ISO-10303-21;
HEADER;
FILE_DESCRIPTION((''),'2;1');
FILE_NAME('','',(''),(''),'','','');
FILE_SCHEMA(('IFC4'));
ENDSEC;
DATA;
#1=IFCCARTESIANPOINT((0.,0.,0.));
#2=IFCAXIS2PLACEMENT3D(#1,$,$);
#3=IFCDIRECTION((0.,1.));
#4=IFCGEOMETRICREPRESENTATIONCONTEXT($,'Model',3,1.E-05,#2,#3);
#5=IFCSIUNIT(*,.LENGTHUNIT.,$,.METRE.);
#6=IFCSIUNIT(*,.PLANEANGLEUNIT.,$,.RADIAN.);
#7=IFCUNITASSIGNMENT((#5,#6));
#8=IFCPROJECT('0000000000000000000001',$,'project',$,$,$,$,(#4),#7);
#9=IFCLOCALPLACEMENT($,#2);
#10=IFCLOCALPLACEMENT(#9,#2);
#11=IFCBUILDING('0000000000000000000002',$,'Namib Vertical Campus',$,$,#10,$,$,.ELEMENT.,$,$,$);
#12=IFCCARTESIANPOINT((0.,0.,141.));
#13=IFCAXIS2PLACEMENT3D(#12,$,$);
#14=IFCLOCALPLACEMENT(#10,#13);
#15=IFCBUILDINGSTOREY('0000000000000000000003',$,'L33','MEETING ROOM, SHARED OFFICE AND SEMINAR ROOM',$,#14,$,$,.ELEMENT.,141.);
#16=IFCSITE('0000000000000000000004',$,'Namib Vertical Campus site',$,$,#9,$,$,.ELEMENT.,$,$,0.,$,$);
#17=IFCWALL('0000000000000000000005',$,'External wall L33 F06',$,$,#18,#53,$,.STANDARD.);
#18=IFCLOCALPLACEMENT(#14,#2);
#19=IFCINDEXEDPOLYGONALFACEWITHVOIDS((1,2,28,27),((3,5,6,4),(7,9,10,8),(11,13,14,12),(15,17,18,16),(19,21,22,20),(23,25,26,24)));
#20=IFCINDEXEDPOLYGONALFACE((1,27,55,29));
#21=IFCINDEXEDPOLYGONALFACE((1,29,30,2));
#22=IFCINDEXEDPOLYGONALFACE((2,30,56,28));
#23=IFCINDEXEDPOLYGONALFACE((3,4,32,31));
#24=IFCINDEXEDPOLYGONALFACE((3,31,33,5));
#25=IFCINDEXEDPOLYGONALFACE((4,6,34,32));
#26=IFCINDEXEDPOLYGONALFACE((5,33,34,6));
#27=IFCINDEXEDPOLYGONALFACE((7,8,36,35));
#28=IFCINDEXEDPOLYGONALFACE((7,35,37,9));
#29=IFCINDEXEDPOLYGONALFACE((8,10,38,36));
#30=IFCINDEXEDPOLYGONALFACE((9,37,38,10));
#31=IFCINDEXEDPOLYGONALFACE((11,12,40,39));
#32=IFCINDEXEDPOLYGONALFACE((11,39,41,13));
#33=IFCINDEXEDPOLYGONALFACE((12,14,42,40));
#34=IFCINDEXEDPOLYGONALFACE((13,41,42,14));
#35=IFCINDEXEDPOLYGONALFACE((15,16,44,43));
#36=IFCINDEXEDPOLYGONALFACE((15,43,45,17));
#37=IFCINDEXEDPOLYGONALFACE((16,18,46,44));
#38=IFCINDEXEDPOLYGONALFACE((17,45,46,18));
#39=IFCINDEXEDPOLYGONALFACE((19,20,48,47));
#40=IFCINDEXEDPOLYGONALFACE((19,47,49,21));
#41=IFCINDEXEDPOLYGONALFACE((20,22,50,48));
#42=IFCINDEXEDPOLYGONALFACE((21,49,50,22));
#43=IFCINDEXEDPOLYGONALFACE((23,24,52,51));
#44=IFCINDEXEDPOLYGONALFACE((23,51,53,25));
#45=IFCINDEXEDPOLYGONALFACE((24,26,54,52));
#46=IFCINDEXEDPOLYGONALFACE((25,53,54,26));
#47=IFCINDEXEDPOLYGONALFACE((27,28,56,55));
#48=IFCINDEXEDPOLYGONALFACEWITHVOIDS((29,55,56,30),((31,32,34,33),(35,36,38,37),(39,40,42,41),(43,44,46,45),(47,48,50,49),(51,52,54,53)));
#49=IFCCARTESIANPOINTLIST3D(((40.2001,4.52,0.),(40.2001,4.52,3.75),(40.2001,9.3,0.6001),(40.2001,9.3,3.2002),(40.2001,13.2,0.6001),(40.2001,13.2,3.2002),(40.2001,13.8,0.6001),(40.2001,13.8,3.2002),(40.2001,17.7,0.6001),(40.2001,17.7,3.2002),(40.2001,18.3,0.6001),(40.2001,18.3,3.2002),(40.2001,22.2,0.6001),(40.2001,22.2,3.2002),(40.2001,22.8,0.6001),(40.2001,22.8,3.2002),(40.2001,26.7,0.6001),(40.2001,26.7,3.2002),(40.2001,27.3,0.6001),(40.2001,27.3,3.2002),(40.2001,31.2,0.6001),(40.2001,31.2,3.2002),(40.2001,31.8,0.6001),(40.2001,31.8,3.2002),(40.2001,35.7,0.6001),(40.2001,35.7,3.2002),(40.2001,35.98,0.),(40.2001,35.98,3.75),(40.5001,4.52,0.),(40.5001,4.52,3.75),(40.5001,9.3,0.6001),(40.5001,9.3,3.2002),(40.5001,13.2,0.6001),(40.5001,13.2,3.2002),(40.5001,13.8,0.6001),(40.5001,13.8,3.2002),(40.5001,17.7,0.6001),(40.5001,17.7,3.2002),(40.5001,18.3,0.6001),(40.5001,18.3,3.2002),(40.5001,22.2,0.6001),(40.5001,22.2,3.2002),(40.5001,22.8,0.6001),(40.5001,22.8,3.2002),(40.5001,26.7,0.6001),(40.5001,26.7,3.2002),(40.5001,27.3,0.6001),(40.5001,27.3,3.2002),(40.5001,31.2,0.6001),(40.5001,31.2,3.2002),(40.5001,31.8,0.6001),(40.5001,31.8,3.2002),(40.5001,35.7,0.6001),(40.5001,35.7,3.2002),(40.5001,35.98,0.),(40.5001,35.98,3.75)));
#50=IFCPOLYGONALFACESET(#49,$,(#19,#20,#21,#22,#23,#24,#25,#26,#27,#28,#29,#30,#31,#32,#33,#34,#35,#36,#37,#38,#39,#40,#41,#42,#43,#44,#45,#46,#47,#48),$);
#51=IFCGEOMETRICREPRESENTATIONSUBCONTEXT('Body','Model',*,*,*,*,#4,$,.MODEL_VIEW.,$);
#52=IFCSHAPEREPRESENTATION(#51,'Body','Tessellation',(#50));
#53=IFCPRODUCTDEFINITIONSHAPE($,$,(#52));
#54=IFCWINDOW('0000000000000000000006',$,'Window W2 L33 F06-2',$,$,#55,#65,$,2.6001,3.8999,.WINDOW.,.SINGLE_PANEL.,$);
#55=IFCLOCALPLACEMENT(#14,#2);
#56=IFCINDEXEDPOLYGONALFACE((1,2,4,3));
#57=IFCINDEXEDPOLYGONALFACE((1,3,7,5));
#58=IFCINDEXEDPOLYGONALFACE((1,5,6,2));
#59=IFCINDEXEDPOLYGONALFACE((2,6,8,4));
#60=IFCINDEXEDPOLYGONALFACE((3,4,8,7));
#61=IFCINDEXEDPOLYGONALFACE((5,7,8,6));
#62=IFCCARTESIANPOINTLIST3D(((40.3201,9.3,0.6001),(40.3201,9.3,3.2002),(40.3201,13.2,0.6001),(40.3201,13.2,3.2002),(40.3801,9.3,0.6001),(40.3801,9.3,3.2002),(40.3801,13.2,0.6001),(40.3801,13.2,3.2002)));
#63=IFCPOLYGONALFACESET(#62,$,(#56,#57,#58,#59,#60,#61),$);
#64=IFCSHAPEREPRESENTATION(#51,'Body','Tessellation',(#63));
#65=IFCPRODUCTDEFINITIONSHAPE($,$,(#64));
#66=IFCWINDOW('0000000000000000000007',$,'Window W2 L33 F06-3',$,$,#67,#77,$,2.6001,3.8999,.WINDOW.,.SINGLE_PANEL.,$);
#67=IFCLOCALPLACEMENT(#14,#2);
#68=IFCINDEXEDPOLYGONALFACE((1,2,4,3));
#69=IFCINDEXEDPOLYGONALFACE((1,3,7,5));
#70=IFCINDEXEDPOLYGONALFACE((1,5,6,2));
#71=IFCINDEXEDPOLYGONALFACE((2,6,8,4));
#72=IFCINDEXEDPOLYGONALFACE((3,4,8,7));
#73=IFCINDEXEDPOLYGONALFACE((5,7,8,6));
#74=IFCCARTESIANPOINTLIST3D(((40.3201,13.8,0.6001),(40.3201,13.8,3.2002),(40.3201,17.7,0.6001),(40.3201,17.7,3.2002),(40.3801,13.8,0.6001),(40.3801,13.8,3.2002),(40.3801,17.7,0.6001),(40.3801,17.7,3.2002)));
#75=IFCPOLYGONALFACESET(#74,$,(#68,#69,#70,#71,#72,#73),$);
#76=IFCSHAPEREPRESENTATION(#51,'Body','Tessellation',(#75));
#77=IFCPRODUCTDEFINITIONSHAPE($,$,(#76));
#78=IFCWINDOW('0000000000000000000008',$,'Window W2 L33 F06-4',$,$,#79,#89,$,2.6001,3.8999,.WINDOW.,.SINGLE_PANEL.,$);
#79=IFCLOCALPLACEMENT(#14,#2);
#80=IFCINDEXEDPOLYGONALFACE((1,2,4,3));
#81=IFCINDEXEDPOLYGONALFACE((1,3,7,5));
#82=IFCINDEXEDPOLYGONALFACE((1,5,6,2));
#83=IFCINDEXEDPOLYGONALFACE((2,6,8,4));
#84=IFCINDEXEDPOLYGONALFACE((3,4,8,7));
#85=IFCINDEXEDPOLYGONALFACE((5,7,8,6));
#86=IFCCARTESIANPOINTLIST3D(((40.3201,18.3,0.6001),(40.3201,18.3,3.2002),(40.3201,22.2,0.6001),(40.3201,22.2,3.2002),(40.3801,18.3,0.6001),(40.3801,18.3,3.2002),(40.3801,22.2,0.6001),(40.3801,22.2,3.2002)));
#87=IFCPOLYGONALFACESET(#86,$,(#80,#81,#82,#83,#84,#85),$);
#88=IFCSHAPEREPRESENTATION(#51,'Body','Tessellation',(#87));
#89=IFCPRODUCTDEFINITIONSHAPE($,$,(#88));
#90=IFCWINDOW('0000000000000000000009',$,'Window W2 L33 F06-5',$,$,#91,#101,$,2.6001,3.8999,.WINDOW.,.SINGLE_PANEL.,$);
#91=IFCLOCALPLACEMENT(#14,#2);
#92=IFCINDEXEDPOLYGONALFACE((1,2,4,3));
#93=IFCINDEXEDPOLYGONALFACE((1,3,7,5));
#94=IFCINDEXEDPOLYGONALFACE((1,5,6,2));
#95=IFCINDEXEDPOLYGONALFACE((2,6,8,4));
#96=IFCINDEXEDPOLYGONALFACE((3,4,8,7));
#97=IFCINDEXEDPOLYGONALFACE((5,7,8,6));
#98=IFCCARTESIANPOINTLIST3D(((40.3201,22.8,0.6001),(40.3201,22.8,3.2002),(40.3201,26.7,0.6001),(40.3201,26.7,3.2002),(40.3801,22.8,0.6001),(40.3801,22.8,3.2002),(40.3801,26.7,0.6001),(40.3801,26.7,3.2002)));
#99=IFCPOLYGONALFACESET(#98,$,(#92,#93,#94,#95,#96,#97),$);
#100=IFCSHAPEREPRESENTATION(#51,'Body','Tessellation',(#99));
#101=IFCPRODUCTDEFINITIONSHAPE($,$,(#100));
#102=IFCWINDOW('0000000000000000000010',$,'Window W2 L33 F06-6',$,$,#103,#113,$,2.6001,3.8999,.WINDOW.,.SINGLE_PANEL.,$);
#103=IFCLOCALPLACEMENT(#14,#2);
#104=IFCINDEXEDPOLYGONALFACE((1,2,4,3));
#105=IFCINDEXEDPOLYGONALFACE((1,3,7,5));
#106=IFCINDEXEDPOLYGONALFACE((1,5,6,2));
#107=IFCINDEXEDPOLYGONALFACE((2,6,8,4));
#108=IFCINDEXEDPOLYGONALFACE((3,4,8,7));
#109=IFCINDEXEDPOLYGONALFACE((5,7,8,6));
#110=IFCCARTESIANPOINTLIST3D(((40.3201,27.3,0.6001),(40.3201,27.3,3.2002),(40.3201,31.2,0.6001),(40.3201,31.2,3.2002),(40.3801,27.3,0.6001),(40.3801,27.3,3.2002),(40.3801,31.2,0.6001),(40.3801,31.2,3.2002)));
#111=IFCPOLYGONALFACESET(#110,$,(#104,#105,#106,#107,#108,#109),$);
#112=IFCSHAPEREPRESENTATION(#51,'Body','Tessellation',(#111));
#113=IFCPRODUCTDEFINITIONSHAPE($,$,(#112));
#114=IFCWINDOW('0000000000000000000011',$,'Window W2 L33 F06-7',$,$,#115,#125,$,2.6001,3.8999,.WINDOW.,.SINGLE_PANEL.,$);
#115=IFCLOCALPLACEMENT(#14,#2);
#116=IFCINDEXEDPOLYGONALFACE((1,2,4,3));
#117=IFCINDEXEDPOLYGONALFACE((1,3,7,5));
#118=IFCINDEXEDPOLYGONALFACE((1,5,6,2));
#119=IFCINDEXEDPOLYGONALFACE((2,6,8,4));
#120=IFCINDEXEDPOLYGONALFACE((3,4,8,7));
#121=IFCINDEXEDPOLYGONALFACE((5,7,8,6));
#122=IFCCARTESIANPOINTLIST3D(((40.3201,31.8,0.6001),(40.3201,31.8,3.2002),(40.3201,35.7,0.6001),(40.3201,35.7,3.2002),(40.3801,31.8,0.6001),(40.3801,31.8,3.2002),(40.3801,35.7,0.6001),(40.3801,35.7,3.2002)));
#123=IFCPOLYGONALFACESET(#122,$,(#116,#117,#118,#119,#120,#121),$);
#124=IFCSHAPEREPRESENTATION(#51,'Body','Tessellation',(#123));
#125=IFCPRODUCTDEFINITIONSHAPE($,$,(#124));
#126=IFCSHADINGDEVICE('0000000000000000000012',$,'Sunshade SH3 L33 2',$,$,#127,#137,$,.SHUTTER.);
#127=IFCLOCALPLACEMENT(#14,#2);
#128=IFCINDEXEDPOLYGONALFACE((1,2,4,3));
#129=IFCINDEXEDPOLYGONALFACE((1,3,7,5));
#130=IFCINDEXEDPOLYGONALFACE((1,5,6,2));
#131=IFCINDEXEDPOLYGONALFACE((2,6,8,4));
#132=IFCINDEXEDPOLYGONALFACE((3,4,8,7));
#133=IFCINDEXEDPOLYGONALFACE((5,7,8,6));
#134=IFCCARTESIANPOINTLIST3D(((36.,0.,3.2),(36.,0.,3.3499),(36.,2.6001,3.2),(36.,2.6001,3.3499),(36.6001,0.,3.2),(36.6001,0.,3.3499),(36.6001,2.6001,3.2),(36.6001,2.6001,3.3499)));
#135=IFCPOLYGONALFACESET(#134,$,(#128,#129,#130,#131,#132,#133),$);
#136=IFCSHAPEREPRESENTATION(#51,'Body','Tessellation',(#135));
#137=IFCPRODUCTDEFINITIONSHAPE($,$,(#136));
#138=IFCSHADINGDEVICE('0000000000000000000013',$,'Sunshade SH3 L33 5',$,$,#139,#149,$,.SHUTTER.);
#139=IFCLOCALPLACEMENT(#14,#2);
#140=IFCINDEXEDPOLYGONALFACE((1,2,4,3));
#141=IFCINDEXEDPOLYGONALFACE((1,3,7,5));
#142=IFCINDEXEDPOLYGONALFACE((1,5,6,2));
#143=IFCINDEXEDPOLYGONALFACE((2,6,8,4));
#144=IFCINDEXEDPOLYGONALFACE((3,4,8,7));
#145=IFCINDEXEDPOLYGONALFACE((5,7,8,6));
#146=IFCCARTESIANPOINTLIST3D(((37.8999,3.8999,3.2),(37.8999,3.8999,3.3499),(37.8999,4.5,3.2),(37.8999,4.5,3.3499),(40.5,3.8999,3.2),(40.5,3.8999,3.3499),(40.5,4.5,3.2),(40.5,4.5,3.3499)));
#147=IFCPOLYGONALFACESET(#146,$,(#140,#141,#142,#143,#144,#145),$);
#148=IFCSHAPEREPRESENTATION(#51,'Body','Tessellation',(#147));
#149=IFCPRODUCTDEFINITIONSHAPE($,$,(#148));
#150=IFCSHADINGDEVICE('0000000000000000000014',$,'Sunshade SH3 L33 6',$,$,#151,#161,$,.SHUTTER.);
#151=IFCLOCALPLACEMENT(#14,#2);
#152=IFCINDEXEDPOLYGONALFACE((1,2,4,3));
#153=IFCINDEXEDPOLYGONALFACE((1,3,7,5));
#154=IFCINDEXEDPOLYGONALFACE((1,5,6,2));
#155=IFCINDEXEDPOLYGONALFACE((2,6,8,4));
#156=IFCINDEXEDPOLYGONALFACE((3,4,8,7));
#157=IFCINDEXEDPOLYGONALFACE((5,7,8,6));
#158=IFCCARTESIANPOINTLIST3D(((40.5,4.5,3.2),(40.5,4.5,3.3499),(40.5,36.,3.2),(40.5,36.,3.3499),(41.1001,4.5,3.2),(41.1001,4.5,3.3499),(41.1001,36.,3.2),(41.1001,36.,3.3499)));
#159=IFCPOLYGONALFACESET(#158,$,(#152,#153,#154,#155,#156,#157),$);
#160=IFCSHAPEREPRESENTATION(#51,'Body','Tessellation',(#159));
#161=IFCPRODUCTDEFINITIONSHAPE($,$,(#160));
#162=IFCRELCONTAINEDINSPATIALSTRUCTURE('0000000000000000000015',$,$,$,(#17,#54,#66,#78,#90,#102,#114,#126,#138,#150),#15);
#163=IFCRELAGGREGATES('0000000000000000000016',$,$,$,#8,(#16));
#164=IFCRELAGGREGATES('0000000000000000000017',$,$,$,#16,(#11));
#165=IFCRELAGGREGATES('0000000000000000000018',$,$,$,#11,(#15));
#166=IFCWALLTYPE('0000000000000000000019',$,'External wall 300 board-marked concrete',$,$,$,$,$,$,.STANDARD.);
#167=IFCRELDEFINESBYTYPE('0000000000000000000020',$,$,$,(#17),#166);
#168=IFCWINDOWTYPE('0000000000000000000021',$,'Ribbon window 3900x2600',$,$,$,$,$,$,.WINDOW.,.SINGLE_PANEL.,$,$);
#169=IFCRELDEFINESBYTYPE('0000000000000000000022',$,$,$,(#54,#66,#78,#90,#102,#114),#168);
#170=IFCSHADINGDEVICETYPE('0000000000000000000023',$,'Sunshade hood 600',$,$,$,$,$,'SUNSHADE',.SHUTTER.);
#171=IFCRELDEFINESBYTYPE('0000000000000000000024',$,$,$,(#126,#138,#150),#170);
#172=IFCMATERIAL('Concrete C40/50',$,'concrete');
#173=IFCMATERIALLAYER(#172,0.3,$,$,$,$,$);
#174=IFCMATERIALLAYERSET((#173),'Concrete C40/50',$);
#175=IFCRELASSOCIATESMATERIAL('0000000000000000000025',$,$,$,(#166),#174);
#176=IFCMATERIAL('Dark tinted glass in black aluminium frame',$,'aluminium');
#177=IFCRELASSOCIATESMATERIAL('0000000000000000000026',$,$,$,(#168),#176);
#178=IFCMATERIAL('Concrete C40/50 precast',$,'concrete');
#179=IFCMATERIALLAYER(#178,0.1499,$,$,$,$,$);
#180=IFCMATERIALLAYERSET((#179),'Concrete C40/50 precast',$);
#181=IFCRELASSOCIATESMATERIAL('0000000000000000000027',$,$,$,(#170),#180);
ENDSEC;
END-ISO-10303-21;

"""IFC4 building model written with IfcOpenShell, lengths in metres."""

from ifc_helpers import new_model, si_unit, direction, frame, frame_2d, origin, origin_2d, place, context, subcontext, project, spatial, rectangle, extrude, material, layer, layer_set, type_object, element, fill, save


model = new_model("IFC4")

# Units and contexts
model_context = context("Model", 3, precision=1e-05, world=origin(), true_north=direction((0.0, 1.0)))
body_context = subcontext(model_context, "Body", "Model", "MODEL_VIEW")
ifc_project = project(units=[si_unit("LENGTHUNIT", "METRE"), si_unit("PLANEANGLEUNIT", "RADIAN")], contexts=[model_context])

# Site, building, storey
site_placement = place(None, origin())
site = spatial("IfcSite", under=ifc_project, at=site_placement, Name="Namib Vertical Campus site", CompositionType="ELEMENT", RefElevation=0.0)
building_placement = place(site_placement, origin())
building = spatial("IfcBuilding", under=site, at=building_placement, Name="Namib Vertical Campus", CompositionType="ELEMENT")
storey_placement = place(building_placement, frame((0.0, 0.0, 141.0)))
storey = spatial("IfcBuildingStorey", under=building, at=storey_placement, Name="L33", Description="MEETING ROOM, SHARED OFFICE AND SEMINAR ROOM", CompositionType="ELEMENT", Elevation=141.0)

# Shared definitions
ifc_material_1 = material(Name="Concrete C40/50", Category="concrete")
ifc_layer_1 = layer(ifc_material_1, 0.3)
ifc_layer_set_1 = layer_set([ifc_layer_1], Name="Concrete C40/50")
wall_type_1 = type_object("IfcWallType", Name="External wall 300 board-marked concrete", PredefinedType="STANDARD", material=ifc_layer_set_1)

# Wall, openings, windows
wall_1_placement = place(storey_placement, frame((40.3501, 4.52, 0.0), z_axis=(0.0, 0.0, 1.0), x_axis=(0.0, 1.0, 0.0)))
wall_1 = element("IfcWall", 1, at=wall_1_placement, inside=storey, type_object=wall_type_1, Name="External wall L33 F06", PredefinedType="STANDARD", context=body_context, shape_type="SweptSolid", body=[
    extrude(rectangle(XDim=31.46, YDim=0.3, at=frame_2d((15.73, 0.0))), origin(), (0.0, 0.0, 1.0), 3.75),
])
opening_1_placement = place(wall_1_placement, frame((4.78, 0.0, 0.6001)))
opening_1 = element("IfcOpeningElement", 2, at=opening_1_placement, cuts=wall_1, PredefinedType="OPENING", context=body_context, shape_type="SweptSolid", body=[
    extrude(rectangle(XDim=3.8999, YDim=2.6001, at=frame_2d((1.95, 1.3))), frame((0.0, 0.1599, 0.0), z_axis=(0.0, -1.0, 0.0), x_axis=(1.0, 0.0, 0.0)), (0.0, 0.0, 1.0), 0.3201),
])
opening_2_placement = place(wall_1_placement, frame((9.28, 0.0, 0.6001)))
opening_2 = element("IfcOpeningElement", 3, at=opening_2_placement, cuts=wall_1, PredefinedType="OPENING", context=body_context, shape_type="SweptSolid", body=[
    extrude(rectangle(XDim=3.8999, YDim=2.6001, at=frame_2d((1.95, 1.3))), frame((0.0, 0.1599, 0.0), z_axis=(0.0, -1.0, 0.0), x_axis=(1.0, 0.0, 0.0)), (0.0, 0.0, 1.0), 0.3201),
])
opening_3_placement = place(wall_1_placement, frame((13.78, 0.0, 0.6001)))
opening_3 = element("IfcOpeningElement", 4, at=opening_3_placement, cuts=wall_1, PredefinedType="OPENING", context=body_context, shape_type="SweptSolid", body=[
    extrude(rectangle(XDim=3.8999, YDim=2.6001, at=frame_2d((1.95, 1.3))), frame((0.0, 0.1599, 0.0), z_axis=(0.0, -1.0, 0.0), x_axis=(1.0, 0.0, 0.0)), (0.0, 0.0, 1.0), 0.3201),
])
opening_4_placement = place(wall_1_placement, frame((18.28, 0.0, 0.6001)))
opening_4 = element("IfcOpeningElement", 5, at=opening_4_placement, cuts=wall_1, PredefinedType="OPENING", context=body_context, shape_type="SweptSolid", body=[
    extrude(rectangle(XDim=3.8999, YDim=2.6001, at=frame_2d((1.95, 1.3))), frame((0.0, 0.1599, 0.0), z_axis=(0.0, -1.0, 0.0), x_axis=(1.0, 0.0, 0.0)), (0.0, 0.0, 1.0), 0.3201),
])
opening_5_placement = place(wall_1_placement, frame((22.78, 0.0, 0.6001)))
opening_5 = element("IfcOpeningElement", 6, at=opening_5_placement, cuts=wall_1, PredefinedType="OPENING", context=body_context, shape_type="SweptSolid", body=[
    extrude(rectangle(XDim=3.8999, YDim=2.6001, at=frame_2d((1.95, 1.3))), frame((0.0, 0.1599, 0.0), z_axis=(0.0, -1.0, 0.0), x_axis=(1.0, 0.0, 0.0)), (0.0, 0.0, 1.0), 0.3201),
])
opening_6_placement = place(wall_1_placement, frame((27.28, 0.0, 0.6001)))
opening_6 = element("IfcOpeningElement", 7, at=opening_6_placement, cuts=wall_1, PredefinedType="OPENING", context=body_context, shape_type="SweptSolid", body=[
    extrude(rectangle(XDim=3.8999, YDim=2.6001, at=frame_2d((1.95, 1.3))), frame((0.0, 0.1599, 0.0), z_axis=(0.0, -1.0, 0.0), x_axis=(1.0, 0.0, 0.0)), (0.0, 0.0, 1.0), 0.3201),
])
ifc_material_2 = material(Name="Dark tinted glass in black aluminium frame", Category="aluminium")
window_type = type_object("IfcWindowType", Name="Ribbon window 3900x2600", PartitioningType="SINGLE_PANEL", PredefinedType="WINDOW", material=ifc_material_2)
window_1_placement = place(opening_1_placement, origin())
window_1 = element("IfcWindow", 8, at=window_1_placement, inside=storey, type_object=window_type, Name="Window W2 L33 F06-2", OverallHeight=2.6001, OverallWidth=3.8999, PartitioningType="SINGLE_PANEL", PredefinedType="WINDOW", context=body_context, shape_type="SweptSolid", body=[
    extrude(rectangle(XDim=3.8999, YDim=2.6001, at=frame_2d((1.95, 1.3))), frame((0.0, 0.03, 0.0), z_axis=(0.0, -1.0, 0.0), x_axis=(1.0, 0.0, 0.0)), (0.0, 0.0, 1.0), 0.0601),
])
fill(opening_1, window_1)
window_2_placement = place(opening_2_placement, origin())
window_2 = element("IfcWindow", 9, at=window_2_placement, inside=storey, type_object=window_type, Name="Window W2 L33 F06-3", OverallHeight=2.6001, OverallWidth=3.8999, PartitioningType="SINGLE_PANEL", PredefinedType="WINDOW", context=body_context, shape_type="SweptSolid", body=[
    extrude(rectangle(XDim=3.8999, YDim=2.6001, at=frame_2d((1.95, 1.3))), frame((0.0, 0.03, 0.0), z_axis=(0.0, -1.0, 0.0), x_axis=(1.0, 0.0, 0.0)), (0.0, 0.0, 1.0), 0.0601),
])
fill(opening_2, window_2)
window_3_placement = place(opening_3_placement, origin())
window_3 = element("IfcWindow", 10, at=window_3_placement, inside=storey, type_object=window_type, Name="Window W2 L33 F06-4", OverallHeight=2.6001, OverallWidth=3.8999, PartitioningType="SINGLE_PANEL", PredefinedType="WINDOW", context=body_context, shape_type="SweptSolid", body=[
    extrude(rectangle(XDim=3.8999, YDim=2.6001, at=frame_2d((1.95, 1.3))), frame((0.0, 0.03, 0.0), z_axis=(0.0, -1.0, 0.0), x_axis=(1.0, 0.0, 0.0)), (0.0, 0.0, 1.0), 0.0601),
])
fill(opening_3, window_3)
window_4_placement = place(opening_4_placement, origin())
window_4 = element("IfcWindow", 11, at=window_4_placement, inside=storey, type_object=window_type, Name="Window W2 L33 F06-5", OverallHeight=2.6001, OverallWidth=3.8999, PartitioningType="SINGLE_PANEL", PredefinedType="WINDOW", context=body_context, shape_type="SweptSolid", body=[
    extrude(rectangle(XDim=3.8999, YDim=2.6001, at=frame_2d((1.95, 1.3))), frame((0.0, 0.03, 0.0), z_axis=(0.0, -1.0, 0.0), x_axis=(1.0, 0.0, 0.0)), (0.0, 0.0, 1.0), 0.0601),
])
fill(opening_4, window_4)
window_5_placement = place(opening_5_placement, origin())
window_5 = element("IfcWindow", 12, at=window_5_placement, inside=storey, type_object=window_type, Name="Window W2 L33 F06-6", OverallHeight=2.6001, OverallWidth=3.8999, PartitioningType="SINGLE_PANEL", PredefinedType="WINDOW", context=body_context, shape_type="SweptSolid", body=[
    extrude(rectangle(XDim=3.8999, YDim=2.6001, at=frame_2d((1.95, 1.3))), frame((0.0, 0.03, 0.0), z_axis=(0.0, -1.0, 0.0), x_axis=(1.0, 0.0, 0.0)), (0.0, 0.0, 1.0), 0.0601),
])
fill(opening_5, window_5)
window_6_placement = place(opening_6_placement, origin())
window_6 = element("IfcWindow", 13, at=window_6_placement, inside=storey, type_object=window_type, Name="Window W2 L33 F06-7", OverallHeight=2.6001, OverallWidth=3.8999, PartitioningType="SINGLE_PANEL", PredefinedType="WINDOW", context=body_context, shape_type="SweptSolid", body=[
    extrude(rectangle(XDim=3.8999, YDim=2.6001, at=frame_2d((1.95, 1.3))), frame((0.0, 0.03, 0.0), z_axis=(0.0, -1.0, 0.0), x_axis=(1.0, 0.0, 0.0)), (0.0, 0.0, 1.0), 0.0601),
])
fill(opening_6, window_6)

# Shading devices
ifc_material_3 = material(Name="Concrete C40/50 precast", Category="concrete")
ifc_layer_2 = layer(ifc_material_3, 0.1499)
ifc_layer_set_2 = layer_set([ifc_layer_2], Name="Concrete C40/50 precast")
shading_device_type = type_object("IfcShadingDeviceType", Name="Sunshade hood 600", ElementType="SUNSHADE", PredefinedType="SHUTTER", material=ifc_layer_set_2)
for number, where, z_axis, x_axis, name in (
    (14, (36.3, 1.3, 3.2), (0.0, 0.0, 1.0), (0.0, 1.0, 0.0), "Sunshade SH3 L33 2"),
    (15, (39.2, 4.2, 3.2), (0.0, 0.0, 1.0), (1.0, 0.0, 0.0), "Sunshade SH3 L33 5"),
):
    element("IfcShadingDevice", number, at=place(storey_placement, frame(where, z_axis=z_axis, x_axis=x_axis)), inside=storey, type_object=shading_device_type, Name=name, PredefinedType="SHUTTER", context=body_context, shape_type="SweptSolid", body=[
        extrude(rectangle(XDim=2.6001, YDim=0.6001, at=origin_2d()), origin(), (0.0, 0.0, 1.0), 0.1499),
    ])
shading_device_placement = place(storey_placement, frame((40.8, 20.25, 3.2), z_axis=(0.0, 0.0, 1.0), x_axis=(0.0, 1.0, 0.0)))
element("IfcShadingDevice", 16, at=shading_device_placement, inside=storey, type_object=shading_device_type, Name="Sunshade SH3 L33 6", PredefinedType="SHUTTER", context=body_context, shape_type="SweptSolid", body=[
    extrude(rectangle(XDim=31.5, YDim=0.6001, at=origin_2d()), origin(), (0.0, 0.0, 1.0), 0.1499),
])

save(model, "model.ifc")
